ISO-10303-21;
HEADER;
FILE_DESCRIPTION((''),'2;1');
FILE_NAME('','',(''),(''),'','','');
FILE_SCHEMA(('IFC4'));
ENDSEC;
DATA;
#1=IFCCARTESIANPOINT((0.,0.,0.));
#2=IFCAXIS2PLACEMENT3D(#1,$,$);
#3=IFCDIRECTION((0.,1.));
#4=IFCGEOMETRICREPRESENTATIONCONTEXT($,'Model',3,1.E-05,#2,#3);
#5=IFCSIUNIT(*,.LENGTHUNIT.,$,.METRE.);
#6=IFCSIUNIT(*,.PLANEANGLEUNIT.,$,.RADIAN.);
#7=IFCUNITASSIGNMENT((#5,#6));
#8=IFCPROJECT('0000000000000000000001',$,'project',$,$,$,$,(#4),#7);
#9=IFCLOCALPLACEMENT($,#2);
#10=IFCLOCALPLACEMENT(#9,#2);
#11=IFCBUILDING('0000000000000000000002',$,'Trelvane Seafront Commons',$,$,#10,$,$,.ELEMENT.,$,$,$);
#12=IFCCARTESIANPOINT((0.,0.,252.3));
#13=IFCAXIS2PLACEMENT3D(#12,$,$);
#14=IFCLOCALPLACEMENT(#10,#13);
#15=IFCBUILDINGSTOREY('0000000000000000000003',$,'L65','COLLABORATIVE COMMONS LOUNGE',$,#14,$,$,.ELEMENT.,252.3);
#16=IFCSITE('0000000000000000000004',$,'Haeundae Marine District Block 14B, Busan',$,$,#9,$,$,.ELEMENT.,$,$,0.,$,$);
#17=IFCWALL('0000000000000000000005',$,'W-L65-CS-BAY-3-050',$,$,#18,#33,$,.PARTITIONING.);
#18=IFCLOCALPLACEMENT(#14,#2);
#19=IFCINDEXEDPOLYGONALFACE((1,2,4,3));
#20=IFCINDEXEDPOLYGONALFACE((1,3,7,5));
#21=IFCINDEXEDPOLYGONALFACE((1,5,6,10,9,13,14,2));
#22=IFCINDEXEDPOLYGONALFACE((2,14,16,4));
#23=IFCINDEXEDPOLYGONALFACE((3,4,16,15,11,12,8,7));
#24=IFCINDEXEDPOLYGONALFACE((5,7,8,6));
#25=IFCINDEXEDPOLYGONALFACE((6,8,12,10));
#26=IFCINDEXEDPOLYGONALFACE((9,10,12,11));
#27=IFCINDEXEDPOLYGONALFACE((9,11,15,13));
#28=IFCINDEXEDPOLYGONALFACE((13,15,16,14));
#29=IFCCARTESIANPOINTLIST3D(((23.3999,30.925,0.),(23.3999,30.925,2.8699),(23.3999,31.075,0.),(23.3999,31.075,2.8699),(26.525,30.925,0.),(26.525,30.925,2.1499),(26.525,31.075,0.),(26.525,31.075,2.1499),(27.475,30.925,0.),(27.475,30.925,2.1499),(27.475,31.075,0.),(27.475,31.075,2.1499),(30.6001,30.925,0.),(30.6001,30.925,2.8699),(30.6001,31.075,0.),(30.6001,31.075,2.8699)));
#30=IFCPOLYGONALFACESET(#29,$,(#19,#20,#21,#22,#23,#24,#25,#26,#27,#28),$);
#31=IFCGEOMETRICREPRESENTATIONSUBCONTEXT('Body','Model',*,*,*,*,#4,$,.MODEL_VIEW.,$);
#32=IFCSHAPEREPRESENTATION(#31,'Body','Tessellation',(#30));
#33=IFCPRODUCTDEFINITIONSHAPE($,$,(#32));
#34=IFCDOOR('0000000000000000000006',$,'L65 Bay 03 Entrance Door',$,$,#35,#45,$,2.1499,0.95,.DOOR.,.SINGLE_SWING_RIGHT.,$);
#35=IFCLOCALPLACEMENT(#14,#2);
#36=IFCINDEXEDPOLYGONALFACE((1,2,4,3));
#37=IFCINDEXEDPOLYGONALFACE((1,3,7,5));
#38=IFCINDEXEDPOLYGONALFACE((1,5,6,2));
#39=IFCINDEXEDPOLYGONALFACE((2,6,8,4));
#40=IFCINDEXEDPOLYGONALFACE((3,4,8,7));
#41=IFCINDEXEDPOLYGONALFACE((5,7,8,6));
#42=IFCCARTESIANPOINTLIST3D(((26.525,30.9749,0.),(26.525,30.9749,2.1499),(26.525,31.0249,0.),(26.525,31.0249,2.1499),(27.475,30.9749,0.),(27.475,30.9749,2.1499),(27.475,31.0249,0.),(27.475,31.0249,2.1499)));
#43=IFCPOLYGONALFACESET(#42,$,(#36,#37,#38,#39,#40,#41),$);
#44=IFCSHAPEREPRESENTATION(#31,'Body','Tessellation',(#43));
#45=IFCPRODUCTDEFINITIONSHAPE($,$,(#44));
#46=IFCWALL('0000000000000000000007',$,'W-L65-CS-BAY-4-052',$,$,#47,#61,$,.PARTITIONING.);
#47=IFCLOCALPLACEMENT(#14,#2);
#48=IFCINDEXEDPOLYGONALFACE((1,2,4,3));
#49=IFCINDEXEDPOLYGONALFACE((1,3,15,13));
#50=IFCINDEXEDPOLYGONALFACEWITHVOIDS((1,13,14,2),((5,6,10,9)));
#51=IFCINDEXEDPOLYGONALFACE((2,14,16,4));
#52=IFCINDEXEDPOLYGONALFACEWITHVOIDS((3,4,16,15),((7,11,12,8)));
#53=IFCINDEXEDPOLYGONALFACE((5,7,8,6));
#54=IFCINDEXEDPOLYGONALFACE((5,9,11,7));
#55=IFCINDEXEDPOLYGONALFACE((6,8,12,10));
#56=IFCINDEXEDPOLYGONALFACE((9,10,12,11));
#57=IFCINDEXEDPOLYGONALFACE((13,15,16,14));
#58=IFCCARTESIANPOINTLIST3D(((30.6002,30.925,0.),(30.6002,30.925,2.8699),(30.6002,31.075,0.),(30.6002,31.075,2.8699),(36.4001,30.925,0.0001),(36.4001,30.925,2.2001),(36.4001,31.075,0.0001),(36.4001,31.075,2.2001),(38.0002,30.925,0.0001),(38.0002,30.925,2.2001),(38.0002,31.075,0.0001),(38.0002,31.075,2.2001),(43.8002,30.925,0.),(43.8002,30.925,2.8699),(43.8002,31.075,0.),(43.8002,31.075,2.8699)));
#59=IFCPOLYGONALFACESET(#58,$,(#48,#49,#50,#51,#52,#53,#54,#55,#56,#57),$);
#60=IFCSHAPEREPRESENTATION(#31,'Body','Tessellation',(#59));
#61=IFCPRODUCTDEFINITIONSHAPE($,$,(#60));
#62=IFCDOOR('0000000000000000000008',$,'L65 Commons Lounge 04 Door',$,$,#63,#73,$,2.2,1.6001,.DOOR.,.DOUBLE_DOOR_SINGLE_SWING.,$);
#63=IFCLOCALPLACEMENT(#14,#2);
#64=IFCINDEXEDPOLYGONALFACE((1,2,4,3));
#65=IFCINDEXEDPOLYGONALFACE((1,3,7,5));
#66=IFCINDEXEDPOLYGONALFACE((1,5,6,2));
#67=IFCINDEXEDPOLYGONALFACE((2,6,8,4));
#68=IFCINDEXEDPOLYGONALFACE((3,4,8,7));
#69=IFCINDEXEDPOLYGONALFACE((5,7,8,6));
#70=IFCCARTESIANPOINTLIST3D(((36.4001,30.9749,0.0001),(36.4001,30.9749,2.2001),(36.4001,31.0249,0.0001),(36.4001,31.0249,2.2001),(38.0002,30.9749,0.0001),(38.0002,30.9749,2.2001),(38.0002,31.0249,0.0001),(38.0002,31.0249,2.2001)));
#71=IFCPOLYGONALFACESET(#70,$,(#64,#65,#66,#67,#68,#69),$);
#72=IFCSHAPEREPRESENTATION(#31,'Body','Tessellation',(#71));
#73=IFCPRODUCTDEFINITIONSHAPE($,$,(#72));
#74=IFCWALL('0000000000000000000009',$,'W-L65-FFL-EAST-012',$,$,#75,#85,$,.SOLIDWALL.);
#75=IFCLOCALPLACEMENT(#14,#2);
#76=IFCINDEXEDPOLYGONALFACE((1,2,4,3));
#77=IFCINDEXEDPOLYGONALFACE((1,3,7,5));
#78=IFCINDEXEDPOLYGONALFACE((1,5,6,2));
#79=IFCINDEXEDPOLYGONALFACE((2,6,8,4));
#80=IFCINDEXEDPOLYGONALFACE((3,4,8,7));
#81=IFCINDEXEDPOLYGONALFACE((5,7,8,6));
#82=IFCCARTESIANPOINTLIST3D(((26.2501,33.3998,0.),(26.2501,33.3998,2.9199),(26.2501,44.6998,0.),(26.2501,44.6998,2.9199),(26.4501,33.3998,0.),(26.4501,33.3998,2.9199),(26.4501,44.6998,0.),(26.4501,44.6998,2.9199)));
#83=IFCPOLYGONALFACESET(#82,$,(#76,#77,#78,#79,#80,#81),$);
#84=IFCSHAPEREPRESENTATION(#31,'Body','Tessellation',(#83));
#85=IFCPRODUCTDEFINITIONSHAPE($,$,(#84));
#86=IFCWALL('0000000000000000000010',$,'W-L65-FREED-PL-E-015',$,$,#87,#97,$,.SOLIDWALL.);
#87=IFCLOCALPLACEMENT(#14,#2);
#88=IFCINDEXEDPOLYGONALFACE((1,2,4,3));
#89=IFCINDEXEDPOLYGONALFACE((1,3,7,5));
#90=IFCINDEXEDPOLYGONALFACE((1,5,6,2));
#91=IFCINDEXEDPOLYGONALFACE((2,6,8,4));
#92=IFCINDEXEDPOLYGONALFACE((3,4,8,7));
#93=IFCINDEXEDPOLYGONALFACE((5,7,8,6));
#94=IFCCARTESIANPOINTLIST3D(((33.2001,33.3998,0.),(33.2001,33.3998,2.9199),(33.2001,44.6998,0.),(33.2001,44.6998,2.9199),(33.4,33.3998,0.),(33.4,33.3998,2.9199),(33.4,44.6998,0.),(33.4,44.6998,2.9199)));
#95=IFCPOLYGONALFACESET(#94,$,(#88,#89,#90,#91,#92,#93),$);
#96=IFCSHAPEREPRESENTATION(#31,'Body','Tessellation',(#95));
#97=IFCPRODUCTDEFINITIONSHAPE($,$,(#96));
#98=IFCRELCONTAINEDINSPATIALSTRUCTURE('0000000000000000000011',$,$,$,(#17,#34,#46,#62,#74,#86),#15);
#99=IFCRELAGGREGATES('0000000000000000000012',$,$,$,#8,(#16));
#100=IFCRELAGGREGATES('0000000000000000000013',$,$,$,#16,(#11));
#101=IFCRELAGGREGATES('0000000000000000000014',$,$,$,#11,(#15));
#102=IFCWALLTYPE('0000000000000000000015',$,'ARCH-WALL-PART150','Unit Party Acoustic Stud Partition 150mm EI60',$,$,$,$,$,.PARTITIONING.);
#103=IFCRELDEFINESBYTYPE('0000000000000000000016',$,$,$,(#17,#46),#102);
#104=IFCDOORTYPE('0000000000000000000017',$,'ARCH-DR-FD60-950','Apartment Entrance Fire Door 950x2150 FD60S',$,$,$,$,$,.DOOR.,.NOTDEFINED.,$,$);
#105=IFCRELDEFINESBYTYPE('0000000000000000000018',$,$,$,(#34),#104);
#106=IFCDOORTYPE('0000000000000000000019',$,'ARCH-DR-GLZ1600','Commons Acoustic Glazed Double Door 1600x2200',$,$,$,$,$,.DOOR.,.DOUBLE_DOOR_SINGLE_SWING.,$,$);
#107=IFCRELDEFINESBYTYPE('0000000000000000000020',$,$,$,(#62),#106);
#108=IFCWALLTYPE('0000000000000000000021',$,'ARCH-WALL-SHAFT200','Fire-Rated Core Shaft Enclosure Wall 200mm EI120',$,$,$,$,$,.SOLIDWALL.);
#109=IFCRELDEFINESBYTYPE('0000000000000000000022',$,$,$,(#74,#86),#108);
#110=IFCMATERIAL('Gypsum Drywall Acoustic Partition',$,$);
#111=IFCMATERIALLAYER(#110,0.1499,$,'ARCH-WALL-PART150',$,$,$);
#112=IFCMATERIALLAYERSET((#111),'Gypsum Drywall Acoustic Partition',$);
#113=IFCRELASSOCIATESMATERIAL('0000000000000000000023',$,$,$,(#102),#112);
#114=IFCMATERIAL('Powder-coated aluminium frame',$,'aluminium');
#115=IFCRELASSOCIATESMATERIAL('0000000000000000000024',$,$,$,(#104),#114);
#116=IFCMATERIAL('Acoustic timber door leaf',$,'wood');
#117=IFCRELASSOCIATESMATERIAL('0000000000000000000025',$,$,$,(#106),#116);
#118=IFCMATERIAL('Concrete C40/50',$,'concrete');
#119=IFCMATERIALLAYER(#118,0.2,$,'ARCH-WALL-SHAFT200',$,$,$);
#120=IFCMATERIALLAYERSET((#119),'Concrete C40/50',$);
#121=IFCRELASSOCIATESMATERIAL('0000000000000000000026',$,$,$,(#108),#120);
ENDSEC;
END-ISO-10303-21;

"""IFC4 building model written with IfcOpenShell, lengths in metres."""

from ifc_helpers import new_model, si_unit, direction, frame, frame_2d, origin, place, context, subcontext, project, spatial, rectangle, extrude, source, transform, mapped, material, layer, layer_set, type_object, element, fill, save


model = new_model("IFC4")

# Units and contexts
model_context = context("Model", 3, precision=1e-05, world=origin(), true_north=direction((0.0, 1.0)))
body_context = subcontext(model_context, "Body", "Model", "MODEL_VIEW")
ifc_project = project(units=[si_unit("LENGTHUNIT", "METRE"), si_unit("PLANEANGLEUNIT", "RADIAN")], contexts=[model_context])

# Site, building, storey
site_placement = place(None, origin())
site = spatial("IfcSite", under=ifc_project, at=site_placement, Name="Haeundae Marine District Block 14B, Busan", CompositionType="ELEMENT", RefElevation=0.0)
building_placement = place(site_placement, origin())
building = spatial("IfcBuilding", under=site, at=building_placement, Name="Trelvane Seafront Commons", CompositionType="ELEMENT")
storey_placement = place(building_placement, frame((0.0, 0.0, 252.3)))
storey = spatial("IfcBuildingStorey", under=building, at=storey_placement, Name="L65", Description="COLLABORATIVE COMMONS LOUNGE", CompositionType="ELEMENT", Elevation=252.3)

# Walls, openings, doors
ifc_material_1 = material(Name="Concrete C40/50", Category="concrete")
ifc_material_2 = material(Name="Powder-coated aluminium frame", Category="aluminium")
shared_shape_1 = source(origin(), body_context, "Body", "SweptSolid", [
    extrude(rectangle(XDim=1.6001, YDim=2.2, at=frame_2d((0.8, 1.1001))), frame((0.0, 0.0249, 0.0), z_axis=(0.0, -1.0, 0.0), x_axis=(1.0, 0.0, 0.0)), (0.0, 0.0, 1.0), 0.05),
])
ifc_material_3 = material(Name="Acoustic timber door leaf", Category="wood")
shared_shape_2 = source(origin(), body_context, "Body", "SweptSolid", [
    extrude(rectangle(XDim=0.95, YDim=2.1499, at=frame_2d((0.4751, 1.075))), frame((0.0, 0.0249, 0.0), z_axis=(0.0, -1.0, 0.0), x_axis=(1.0, 0.0, 0.0)), (0.0, 0.0, 1.0), 0.05),
])
ifc_material_4 = material(Name="Gypsum Drywall Acoustic Partition")
ifc_layer_1 = layer(ifc_material_4, 0.1499, Name="ARCH-WALL-PART150")
ifc_layer_set_1 = layer_set([ifc_layer_1], Name="Gypsum Drywall Acoustic Partition")
wall_type_1 = type_object("IfcWallType", Name="ARCH-WALL-PART150", Description="Unit Party Acoustic Stud Partition 150mm EI60", PredefinedType="PARTITIONING", material=ifc_layer_set_1)
wall_1_placement = place(storey_placement, frame((23.3999, 31.0, 0.0), z_axis=(0.0, 0.0, 1.0), x_axis=(1.0, 0.0, 0.0)))
wall_1 = element("IfcWall", 1, at=wall_1_placement, inside=storey, type_object=wall_type_1, Name="W-L65-CS-BAY-3-050", PredefinedType="PARTITIONING", context=body_context, shape_type="SweptSolid", body=[
    extrude(rectangle(XDim=7.2002, YDim=0.1499, at=frame_2d((3.6001, 0.0))), origin(), (0.0, 0.0, 1.0), 2.8699),
])
opening_1_placement = place(wall_1_placement, frame((3.125, 0.0, 0.0)))
opening_1 = element("IfcOpeningElement", 2, at=opening_1_placement, cuts=wall_1, PredefinedType="OPENING", context=body_context, shape_type="SweptSolid", body=[
    extrude(rectangle(XDim=0.95, YDim=2.1499, at=frame_2d((0.4751, 1.075))), frame((0.0, 0.085, 0.0), z_axis=(0.0, -1.0, 0.0), x_axis=(1.0, 0.0, 0.0)), (0.0, 0.0, 1.0), 0.1699),
])
door_type_1 = type_object("IfcDoorType", Name="ARCH-DR-FD60-950", Description="Apartment Entrance Fire Door 950x2150 FD60S", OperationType="NOTDEFINED", PredefinedType="DOOR", material=ifc_material_2)
door_1_placement = place(opening_1_placement, origin())
door_1 = element("IfcDoor", 3, at=door_1_placement, inside=storey, type_object=door_type_1, Name="L65 Bay 03 Entrance Door", OperationType="SINGLE_SWING_RIGHT", OverallHeight=2.1499, OverallWidth=0.95, PredefinedType="DOOR", context=body_context, shape_type="MappedRepresentation", body=[
    mapped(shared_shape_2, transform((0.0, 0.0, 0.0), x_axis=(1.0, 0.0, 0.0), y_axis=(0.0, 1.0, 0.0), z_axis=(0.0, 0.0, 1.0), scale=1.0)),
])
fill(opening_1, door_1)
wall_2_placement = place(storey_placement, frame((30.6001, 31.0, 0.0), z_axis=(0.0, 0.0, 1.0), x_axis=(1.0, 0.0, 0.0)))
wall_2 = element("IfcWall", 4, at=wall_2_placement, inside=storey, type_object=wall_type_1, Name="W-L65-CS-BAY-4-052", PredefinedType="PARTITIONING", context=body_context, shape_type="SweptSolid", body=[
    extrude(rectangle(XDim=13.2, YDim=0.1499, at=frame_2d((6.6001, 0.0))), origin(), (0.0, 0.0, 1.0), 2.8699),
])
opening_2_placement = place(wall_2_placement, frame((5.8, 0.0, 0.0)))
opening_2 = element("IfcOpeningElement", 5, at=opening_2_placement, cuts=wall_2, PredefinedType="OPENING", context=body_context, shape_type="SweptSolid", body=[
    extrude(rectangle(XDim=1.6001, YDim=2.2, at=frame_2d((0.8, 1.1001))), frame((0.0, 0.085, 0.0), z_axis=(0.0, -1.0, 0.0), x_axis=(1.0, 0.0, 0.0)), (0.0, 0.0, 1.0), 0.1699),
])
door_type_2 = type_object("IfcDoorType", Name="ARCH-DR-GLZ1600", Description="Commons Acoustic Glazed Double Door 1600x2200", OperationType="DOUBLE_DOOR_SINGLE_SWING", PredefinedType="DOOR", material=ifc_material_3)
door_2_placement = place(opening_2_placement, origin())
door_2 = element("IfcDoor", 6, at=door_2_placement, inside=storey, type_object=door_type_2, Name="L65 Commons Lounge 04 Door", OperationType="DOUBLE_DOOR_SINGLE_SWING", OverallHeight=2.2, OverallWidth=1.6001, PredefinedType="DOOR", context=body_context, shape_type="MappedRepresentation", body=[
    mapped(shared_shape_1, transform((0.0, 0.0, 0.0), x_axis=(1.0, 0.0, 0.0), y_axis=(0.0, 1.0, 0.0), z_axis=(0.0, 0.0, 1.0), scale=1.0)),
])
fill(opening_2, door_2)

# Walls
ifc_layer_2 = layer(ifc_material_1, 0.2, Name="ARCH-WALL-SHAFT200")
ifc_layer_set_2 = layer_set([ifc_layer_2], Name="Concrete C40/50")
wall_type_2 = type_object("IfcWallType", Name="ARCH-WALL-SHAFT200", Description="Fire-Rated Core Shaft Enclosure Wall 200mm EI120", PredefinedType="SOLIDWALL", material=ifc_layer_set_2)
for number, where, z_axis, x_axis, name in (
    (7, (26.3501, 33.3999, 0.0), (0.0, 0.0, 1.0), (0.0, 1.0, 0.0), "W-L65-FFL-EAST-012"),
    (8, (33.3, 33.3999, 0.0), (0.0, 0.0, 1.0), (0.0, 1.0, 0.0), "W-L65-FREED-PL-E-015"),
):
    element("IfcWall", number, at=place(storey_placement, frame(where, z_axis=z_axis, x_axis=x_axis)), inside=storey, type_object=wall_type_2, Name=name, PredefinedType="SOLIDWALL", context=body_context, shape_type="SweptSolid", body=[
        extrude(rectangle(XDim=11.3, YDim=0.2, at=frame_2d((5.6499, 0.0))), origin(), (0.0, 0.0, 1.0), 2.9199),
    ])

save(model, "model.ifc")
